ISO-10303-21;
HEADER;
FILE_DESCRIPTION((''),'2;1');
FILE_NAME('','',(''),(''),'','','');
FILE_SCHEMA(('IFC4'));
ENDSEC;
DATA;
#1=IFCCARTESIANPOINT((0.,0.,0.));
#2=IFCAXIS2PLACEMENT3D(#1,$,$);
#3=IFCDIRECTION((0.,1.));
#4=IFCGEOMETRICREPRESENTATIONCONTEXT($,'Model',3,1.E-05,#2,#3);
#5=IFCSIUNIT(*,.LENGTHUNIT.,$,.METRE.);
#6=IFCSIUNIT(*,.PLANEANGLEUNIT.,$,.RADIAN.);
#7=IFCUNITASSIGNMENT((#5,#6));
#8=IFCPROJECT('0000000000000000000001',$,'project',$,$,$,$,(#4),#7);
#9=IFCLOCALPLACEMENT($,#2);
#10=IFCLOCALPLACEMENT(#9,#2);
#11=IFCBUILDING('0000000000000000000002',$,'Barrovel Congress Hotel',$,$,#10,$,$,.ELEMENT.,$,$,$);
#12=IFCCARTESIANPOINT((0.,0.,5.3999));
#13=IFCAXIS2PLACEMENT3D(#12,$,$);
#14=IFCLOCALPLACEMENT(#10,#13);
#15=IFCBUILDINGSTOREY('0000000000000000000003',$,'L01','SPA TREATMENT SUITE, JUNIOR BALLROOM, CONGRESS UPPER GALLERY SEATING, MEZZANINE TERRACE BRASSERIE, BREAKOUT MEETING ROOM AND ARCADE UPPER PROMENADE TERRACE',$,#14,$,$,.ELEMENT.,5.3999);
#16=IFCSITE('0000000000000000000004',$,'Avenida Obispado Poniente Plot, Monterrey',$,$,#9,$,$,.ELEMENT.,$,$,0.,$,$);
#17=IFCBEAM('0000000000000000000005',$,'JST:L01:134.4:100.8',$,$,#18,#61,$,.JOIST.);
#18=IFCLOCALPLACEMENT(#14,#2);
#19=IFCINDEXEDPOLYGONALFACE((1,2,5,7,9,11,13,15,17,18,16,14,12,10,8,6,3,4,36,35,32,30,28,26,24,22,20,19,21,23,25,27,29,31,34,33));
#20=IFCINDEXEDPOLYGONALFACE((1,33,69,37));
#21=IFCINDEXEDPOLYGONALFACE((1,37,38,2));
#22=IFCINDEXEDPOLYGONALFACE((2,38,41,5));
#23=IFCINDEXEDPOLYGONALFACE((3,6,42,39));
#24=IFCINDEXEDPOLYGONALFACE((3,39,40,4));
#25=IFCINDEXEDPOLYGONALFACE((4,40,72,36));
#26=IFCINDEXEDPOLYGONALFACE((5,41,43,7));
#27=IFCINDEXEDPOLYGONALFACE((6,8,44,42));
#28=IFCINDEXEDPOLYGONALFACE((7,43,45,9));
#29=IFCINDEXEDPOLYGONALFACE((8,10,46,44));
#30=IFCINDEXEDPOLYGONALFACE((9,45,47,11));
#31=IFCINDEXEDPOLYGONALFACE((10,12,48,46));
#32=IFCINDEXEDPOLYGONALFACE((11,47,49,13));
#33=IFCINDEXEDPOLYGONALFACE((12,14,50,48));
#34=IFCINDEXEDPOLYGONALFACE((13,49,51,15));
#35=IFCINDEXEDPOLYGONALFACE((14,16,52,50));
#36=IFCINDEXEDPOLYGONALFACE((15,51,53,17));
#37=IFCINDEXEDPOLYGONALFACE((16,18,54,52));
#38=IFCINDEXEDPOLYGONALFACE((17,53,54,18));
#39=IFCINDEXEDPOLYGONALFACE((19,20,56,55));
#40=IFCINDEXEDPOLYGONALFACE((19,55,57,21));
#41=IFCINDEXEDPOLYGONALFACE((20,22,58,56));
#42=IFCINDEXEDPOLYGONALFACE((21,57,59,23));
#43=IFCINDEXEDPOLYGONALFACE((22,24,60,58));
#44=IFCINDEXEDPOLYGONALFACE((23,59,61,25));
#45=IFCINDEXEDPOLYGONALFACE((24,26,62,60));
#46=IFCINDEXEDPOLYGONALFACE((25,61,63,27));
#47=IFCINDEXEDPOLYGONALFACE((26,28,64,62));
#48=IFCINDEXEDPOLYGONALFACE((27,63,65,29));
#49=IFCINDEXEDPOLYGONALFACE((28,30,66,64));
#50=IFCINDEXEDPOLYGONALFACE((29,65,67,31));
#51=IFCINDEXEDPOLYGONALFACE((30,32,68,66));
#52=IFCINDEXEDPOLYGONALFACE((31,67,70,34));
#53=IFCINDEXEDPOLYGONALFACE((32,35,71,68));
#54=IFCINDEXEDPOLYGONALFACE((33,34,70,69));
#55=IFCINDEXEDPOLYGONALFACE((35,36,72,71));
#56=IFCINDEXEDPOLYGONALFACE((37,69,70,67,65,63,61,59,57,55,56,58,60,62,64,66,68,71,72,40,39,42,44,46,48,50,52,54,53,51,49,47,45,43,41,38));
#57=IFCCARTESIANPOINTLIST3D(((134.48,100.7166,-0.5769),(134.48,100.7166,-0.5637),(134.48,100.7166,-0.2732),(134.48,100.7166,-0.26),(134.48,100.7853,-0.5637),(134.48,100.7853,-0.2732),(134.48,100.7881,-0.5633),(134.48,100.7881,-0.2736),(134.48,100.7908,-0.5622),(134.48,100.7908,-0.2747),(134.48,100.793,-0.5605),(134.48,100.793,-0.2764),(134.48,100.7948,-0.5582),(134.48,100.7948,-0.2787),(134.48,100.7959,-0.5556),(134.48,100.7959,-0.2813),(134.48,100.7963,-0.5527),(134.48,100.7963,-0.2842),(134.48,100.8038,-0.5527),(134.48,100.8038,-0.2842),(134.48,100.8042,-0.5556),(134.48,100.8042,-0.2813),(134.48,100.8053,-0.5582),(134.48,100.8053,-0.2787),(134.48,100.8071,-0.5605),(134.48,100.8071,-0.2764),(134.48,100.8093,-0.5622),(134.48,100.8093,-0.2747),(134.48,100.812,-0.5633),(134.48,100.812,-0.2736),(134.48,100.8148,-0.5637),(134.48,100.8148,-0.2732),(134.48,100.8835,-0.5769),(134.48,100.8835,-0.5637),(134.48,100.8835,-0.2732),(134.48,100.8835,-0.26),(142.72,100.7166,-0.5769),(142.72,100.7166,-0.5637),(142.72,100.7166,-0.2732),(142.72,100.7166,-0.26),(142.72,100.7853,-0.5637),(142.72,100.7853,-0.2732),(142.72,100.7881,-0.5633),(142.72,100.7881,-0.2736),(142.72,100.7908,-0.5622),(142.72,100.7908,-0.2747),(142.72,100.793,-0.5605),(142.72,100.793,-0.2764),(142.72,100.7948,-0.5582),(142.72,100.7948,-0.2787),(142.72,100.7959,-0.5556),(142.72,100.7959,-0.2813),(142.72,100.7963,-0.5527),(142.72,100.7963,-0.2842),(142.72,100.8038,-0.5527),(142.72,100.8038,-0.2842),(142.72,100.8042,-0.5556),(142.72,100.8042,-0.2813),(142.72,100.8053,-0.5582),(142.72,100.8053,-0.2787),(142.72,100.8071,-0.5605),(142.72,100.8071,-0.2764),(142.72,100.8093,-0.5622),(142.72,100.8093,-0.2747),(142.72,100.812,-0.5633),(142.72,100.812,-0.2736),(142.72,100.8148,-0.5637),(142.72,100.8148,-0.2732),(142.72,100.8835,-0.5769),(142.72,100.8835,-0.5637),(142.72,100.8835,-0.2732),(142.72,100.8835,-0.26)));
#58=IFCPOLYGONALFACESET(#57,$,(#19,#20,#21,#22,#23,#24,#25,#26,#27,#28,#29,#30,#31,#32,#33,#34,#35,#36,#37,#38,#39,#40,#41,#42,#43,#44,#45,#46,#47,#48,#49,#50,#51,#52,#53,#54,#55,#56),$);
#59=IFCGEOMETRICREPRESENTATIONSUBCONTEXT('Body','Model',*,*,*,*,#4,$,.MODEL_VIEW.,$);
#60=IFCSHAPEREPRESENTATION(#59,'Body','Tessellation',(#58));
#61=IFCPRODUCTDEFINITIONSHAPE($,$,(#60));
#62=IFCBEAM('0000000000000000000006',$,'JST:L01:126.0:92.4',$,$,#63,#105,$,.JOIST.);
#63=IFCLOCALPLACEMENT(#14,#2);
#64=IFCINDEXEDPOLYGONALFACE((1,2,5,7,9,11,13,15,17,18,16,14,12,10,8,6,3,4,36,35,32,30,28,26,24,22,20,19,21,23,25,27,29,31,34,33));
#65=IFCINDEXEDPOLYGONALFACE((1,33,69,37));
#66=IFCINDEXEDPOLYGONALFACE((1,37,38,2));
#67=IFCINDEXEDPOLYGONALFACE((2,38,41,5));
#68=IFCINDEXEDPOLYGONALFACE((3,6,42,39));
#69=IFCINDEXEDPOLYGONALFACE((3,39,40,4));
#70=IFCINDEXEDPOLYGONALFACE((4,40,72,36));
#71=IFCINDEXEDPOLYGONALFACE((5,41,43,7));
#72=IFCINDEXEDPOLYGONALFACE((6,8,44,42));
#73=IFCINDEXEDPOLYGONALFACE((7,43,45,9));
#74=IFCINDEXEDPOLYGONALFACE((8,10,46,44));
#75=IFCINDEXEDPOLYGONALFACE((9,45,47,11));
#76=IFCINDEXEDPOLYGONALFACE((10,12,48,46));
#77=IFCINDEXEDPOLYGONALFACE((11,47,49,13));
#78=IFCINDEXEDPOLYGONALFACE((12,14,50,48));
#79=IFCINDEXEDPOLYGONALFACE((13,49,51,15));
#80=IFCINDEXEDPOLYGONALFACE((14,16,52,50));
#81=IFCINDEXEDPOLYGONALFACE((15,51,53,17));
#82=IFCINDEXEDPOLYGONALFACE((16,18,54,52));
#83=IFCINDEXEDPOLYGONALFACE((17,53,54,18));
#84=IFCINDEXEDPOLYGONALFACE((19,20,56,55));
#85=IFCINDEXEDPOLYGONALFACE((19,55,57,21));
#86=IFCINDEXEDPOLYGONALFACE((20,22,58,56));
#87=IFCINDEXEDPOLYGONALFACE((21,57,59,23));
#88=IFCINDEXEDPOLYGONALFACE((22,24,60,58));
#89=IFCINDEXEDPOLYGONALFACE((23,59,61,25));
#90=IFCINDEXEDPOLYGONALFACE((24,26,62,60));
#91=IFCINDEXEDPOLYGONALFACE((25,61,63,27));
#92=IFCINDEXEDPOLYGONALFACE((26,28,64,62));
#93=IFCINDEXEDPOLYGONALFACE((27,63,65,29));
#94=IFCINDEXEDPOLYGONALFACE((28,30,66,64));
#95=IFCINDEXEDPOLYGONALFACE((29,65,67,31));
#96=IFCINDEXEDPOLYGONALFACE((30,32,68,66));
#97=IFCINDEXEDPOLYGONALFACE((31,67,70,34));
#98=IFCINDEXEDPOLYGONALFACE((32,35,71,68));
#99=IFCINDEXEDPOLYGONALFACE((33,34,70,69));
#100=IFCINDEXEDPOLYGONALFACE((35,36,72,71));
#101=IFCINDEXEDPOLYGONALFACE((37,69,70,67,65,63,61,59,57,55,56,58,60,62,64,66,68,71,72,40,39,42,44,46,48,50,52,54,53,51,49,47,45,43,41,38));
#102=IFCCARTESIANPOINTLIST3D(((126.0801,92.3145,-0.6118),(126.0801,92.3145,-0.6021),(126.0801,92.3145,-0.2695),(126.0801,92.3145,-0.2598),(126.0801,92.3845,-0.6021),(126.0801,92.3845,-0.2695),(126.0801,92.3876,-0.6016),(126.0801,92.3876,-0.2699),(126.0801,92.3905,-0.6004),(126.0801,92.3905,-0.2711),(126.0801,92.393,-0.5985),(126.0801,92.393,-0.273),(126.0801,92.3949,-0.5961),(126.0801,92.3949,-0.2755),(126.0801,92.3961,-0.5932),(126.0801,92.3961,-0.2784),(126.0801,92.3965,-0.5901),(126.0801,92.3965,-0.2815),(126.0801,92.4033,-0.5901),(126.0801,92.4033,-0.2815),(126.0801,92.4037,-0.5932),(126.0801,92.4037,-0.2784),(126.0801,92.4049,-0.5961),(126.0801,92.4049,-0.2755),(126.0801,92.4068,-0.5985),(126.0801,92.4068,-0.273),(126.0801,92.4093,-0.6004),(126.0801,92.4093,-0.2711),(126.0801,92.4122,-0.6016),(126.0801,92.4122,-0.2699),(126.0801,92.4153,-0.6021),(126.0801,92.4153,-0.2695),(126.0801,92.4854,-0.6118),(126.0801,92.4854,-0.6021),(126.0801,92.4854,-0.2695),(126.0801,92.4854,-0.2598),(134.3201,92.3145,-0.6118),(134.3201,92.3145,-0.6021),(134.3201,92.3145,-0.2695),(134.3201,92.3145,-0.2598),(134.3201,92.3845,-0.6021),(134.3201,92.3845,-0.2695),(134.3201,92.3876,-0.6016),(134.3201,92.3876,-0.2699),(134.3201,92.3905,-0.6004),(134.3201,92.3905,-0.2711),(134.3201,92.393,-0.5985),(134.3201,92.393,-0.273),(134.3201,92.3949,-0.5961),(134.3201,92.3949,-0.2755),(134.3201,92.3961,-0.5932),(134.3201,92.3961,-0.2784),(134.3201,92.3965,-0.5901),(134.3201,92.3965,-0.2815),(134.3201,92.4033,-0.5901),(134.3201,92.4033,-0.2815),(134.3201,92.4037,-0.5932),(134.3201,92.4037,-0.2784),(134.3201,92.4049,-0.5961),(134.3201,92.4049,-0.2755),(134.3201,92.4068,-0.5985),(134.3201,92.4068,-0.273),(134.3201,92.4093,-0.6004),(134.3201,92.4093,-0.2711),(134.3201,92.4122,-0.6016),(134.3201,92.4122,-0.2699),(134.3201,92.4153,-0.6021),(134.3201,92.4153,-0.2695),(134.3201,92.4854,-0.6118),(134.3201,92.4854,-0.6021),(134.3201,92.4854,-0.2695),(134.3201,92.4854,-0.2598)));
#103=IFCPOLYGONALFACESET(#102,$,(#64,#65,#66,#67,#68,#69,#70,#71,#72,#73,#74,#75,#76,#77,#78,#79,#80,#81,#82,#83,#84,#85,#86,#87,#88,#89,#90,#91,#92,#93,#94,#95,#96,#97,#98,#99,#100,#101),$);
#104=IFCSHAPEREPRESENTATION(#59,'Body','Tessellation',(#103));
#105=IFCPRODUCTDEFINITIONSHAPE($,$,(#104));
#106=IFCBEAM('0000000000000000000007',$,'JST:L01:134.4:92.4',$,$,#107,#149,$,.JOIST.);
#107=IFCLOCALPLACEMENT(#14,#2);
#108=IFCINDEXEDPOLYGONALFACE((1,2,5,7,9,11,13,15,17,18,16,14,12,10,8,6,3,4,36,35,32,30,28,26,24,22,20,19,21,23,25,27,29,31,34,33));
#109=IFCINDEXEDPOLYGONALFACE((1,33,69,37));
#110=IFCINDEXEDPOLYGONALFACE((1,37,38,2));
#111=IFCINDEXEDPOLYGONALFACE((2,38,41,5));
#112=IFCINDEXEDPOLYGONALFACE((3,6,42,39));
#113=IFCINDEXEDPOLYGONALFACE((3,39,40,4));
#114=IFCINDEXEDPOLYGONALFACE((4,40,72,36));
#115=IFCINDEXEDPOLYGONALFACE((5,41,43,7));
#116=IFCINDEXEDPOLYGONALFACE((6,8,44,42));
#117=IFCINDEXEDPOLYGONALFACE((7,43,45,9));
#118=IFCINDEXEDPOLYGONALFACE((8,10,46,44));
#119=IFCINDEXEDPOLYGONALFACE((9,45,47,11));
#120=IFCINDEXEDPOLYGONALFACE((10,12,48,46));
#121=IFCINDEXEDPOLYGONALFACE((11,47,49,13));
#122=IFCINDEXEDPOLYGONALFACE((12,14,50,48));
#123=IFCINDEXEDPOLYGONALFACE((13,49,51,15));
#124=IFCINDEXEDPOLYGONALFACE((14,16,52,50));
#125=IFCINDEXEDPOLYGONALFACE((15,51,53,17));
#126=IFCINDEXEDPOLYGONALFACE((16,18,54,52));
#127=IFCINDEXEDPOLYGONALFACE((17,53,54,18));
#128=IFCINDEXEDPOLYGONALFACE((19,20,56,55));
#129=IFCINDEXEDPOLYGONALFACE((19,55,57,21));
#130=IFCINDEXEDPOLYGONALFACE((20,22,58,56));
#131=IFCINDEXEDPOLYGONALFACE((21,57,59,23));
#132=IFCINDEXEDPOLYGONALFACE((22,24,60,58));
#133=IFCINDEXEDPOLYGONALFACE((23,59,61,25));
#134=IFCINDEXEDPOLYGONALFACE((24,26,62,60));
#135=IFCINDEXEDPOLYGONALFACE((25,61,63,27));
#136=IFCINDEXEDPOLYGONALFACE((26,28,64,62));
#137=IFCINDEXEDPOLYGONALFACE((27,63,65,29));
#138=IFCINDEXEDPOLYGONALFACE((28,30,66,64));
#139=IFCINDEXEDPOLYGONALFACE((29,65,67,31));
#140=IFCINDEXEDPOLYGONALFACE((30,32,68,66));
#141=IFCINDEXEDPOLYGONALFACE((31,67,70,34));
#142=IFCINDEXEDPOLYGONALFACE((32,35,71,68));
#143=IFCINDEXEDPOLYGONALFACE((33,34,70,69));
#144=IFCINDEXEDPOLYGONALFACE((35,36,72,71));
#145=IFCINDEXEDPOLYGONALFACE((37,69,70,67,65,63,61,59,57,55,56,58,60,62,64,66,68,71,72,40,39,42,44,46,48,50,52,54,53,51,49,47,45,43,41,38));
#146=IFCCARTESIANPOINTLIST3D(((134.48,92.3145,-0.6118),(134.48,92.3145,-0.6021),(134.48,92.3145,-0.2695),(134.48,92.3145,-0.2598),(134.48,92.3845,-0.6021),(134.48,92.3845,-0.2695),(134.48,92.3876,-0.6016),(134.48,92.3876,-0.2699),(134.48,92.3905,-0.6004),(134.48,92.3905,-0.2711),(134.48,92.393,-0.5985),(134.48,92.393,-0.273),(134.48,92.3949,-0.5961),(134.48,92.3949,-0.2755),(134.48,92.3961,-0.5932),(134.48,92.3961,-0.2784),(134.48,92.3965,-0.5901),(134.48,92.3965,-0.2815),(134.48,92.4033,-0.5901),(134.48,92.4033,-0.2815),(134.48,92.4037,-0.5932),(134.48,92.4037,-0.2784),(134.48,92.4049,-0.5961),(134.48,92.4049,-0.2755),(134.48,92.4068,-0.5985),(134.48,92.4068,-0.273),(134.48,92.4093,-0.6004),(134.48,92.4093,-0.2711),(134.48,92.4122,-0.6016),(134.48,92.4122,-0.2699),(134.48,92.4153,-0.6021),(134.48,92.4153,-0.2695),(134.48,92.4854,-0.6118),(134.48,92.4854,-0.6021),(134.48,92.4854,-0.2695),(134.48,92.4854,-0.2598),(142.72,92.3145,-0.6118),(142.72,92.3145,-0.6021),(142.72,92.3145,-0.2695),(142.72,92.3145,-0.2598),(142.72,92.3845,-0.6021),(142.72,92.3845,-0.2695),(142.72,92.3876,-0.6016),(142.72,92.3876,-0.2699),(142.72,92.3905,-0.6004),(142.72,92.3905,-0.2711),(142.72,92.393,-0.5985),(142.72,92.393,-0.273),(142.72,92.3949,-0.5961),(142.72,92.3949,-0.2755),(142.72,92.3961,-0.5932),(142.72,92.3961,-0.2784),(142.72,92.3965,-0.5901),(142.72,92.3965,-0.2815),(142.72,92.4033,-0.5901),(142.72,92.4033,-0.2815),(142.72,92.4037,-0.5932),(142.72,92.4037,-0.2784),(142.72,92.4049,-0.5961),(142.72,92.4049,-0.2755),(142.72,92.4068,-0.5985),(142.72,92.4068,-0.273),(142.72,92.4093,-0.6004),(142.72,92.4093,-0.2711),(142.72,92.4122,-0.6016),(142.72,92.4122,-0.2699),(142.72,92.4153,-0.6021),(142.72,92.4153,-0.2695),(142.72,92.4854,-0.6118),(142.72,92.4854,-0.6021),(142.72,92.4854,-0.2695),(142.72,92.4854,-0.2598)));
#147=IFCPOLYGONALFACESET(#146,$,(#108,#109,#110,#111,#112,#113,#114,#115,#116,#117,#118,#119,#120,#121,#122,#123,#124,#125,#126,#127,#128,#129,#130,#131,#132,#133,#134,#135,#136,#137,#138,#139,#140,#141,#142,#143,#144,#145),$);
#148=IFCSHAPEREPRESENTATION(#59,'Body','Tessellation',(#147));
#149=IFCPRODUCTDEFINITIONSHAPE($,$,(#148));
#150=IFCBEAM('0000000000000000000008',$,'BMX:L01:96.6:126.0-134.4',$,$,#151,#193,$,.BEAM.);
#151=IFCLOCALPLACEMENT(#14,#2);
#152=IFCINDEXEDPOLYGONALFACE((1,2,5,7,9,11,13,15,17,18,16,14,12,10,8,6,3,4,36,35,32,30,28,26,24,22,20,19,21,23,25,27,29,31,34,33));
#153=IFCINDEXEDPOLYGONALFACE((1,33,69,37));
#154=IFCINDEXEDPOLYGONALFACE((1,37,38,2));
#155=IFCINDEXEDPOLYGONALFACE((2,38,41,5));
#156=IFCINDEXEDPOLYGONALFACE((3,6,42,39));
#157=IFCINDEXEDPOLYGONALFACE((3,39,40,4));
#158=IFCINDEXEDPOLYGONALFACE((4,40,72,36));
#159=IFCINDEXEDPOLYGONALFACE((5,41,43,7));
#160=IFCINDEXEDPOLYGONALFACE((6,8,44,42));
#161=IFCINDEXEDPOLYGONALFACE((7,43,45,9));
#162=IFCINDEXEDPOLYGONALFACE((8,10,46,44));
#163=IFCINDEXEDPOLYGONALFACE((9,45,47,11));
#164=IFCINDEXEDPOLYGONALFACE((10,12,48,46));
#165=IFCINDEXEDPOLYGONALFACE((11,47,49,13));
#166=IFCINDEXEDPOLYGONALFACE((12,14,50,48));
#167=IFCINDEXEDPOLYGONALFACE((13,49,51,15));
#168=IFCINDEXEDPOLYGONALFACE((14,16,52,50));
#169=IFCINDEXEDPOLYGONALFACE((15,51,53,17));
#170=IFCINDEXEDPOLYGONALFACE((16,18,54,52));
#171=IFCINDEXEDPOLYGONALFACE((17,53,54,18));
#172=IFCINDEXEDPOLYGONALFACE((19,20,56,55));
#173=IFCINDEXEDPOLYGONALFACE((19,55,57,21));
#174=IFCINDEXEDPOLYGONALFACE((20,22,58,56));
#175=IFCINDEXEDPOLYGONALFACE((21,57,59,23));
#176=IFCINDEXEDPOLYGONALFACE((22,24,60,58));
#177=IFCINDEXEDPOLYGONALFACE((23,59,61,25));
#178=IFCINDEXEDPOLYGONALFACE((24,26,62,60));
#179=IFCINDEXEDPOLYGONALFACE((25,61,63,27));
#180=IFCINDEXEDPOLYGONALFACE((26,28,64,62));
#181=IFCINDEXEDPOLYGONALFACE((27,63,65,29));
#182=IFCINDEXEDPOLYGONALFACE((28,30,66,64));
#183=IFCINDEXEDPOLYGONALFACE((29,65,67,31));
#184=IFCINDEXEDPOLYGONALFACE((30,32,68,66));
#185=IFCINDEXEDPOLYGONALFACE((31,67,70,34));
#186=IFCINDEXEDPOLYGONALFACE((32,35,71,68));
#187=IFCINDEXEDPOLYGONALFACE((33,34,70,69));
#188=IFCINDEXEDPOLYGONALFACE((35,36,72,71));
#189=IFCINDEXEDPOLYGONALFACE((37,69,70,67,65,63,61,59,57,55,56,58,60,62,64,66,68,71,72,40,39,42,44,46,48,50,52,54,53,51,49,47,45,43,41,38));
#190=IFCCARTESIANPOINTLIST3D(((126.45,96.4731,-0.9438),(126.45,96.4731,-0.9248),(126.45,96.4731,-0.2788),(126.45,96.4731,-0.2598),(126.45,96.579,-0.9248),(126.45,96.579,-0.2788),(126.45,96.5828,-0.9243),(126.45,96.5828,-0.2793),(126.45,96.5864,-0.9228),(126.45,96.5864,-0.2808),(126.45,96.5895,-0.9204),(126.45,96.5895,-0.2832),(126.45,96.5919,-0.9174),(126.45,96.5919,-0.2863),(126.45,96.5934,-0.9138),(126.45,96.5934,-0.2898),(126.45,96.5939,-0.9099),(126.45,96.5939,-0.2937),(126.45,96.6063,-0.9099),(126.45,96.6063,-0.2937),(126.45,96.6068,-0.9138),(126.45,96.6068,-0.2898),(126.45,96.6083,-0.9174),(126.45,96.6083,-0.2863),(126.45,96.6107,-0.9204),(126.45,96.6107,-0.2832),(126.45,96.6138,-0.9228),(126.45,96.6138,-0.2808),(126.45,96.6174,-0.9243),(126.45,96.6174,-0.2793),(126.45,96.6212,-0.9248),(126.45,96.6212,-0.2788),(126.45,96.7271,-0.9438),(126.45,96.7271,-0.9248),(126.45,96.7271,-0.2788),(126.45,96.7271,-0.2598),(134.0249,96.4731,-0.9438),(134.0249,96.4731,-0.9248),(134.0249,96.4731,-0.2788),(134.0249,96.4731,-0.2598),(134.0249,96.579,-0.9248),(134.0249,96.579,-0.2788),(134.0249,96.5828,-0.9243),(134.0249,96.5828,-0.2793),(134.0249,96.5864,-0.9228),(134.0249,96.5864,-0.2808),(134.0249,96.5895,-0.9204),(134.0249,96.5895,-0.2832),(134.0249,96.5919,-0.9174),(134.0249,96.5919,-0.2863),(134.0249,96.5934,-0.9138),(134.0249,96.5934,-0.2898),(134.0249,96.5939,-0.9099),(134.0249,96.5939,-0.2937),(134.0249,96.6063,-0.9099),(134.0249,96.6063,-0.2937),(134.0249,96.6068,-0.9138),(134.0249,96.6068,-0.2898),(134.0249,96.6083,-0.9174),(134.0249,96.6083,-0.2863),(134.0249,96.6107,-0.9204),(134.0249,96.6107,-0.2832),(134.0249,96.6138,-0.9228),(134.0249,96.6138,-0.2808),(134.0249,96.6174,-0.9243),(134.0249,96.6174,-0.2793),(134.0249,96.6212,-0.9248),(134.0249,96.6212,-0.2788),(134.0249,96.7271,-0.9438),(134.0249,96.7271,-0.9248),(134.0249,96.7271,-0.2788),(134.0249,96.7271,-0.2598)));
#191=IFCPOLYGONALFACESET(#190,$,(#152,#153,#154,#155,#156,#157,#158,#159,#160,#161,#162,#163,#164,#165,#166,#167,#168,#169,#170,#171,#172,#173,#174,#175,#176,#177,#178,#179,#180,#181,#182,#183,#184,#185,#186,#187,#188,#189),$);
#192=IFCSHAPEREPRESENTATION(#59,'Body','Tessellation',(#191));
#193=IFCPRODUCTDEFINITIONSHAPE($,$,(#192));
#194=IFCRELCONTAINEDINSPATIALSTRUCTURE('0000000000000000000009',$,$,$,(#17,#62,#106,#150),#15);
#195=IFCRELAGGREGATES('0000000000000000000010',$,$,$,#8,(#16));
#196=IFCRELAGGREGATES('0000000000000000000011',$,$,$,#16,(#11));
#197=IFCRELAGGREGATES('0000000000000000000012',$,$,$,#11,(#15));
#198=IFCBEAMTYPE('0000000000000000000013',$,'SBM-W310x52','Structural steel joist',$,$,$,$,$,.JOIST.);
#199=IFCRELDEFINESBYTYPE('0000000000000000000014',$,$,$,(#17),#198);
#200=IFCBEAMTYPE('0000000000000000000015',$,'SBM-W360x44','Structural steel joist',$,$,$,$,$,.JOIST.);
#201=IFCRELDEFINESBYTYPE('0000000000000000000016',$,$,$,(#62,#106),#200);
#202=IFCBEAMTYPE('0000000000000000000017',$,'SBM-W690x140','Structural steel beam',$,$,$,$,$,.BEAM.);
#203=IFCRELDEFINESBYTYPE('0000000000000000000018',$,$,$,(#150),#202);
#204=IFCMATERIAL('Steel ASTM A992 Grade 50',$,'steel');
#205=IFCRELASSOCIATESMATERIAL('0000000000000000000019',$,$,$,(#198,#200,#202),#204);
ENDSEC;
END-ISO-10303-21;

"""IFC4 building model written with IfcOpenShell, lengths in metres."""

from ifc_helpers import new_model, si_unit, direction, frame, origin, origin_2d, place, context, subcontext, project, spatial, i_section, extrude, material, material_profile, profile_set, type_object, element, save


model = new_model("IFC4")

# Units and contexts
model_context = context("Model", 3, precision=1e-05, world=origin(), true_north=direction((0.0, 1.0)))
body_context = subcontext(model_context, "Body", "Model", "MODEL_VIEW")
ifc_project = project(units=[si_unit("LENGTHUNIT", "METRE"), si_unit("PLANEANGLEUNIT", "RADIAN")], contexts=[model_context])

# Site, building, storey
site_placement = place(None, origin())
site = spatial("IfcSite", under=ifc_project, at=site_placement, Name="Avenida Obispado Poniente Plot, Monterrey", CompositionType="ELEMENT", RefElevation=0.0)
building_placement = place(site_placement, origin())
building = spatial("IfcBuilding", under=site, at=building_placement, Name="Barrovel Congress Hotel", CompositionType="ELEMENT")
storey_placement = place(building_placement, frame((0.0, 0.0, 5.3999)))
storey = spatial("IfcBuildingStorey", under=building, at=storey_placement, Name="L01", Description="SPA TREATMENT SUITE, JUNIOR BALLROOM, CONGRESS UPPER GALLERY SEATING, MEZZANINE TERRACE BRASSERIE, BREAKOUT MEETING ROOM AND ARCADE UPPER PROMENADE TERRACE", CompositionType="ELEMENT", Elevation=5.3999)

# Beams
ifc_material_1 = material(Name="Steel ASTM A992 Grade 50", Category="steel")
ifc_material_profile_1 = material_profile(ifc_material_1, i_section(OverallWidth=0.167, OverallDepth=0.3169, WebThickness=0.0076, FlangeThickness=0.0132, FilletRadius=0.011, at=origin_2d()), Name="W310x52")
ifc_profile_set_1 = profile_set([ifc_material_profile_1], Name="Steel ASTM A992 Grade 50")
beam_type_1 = type_object("IfcBeamType", Name="SBM-W310x52", Description="Structural steel joist", PredefinedType="JOIST", material=ifc_profile_set_1)
for number, where, z_axis, x_axis, name in (
    (1, (134.48, 100.8, -0.4185), (1.0, 0.0, 0.0), (0.0, 1.0, 0.0), "JST:L01:134.4:100.8"),
):
    element("IfcBeam", number, at=place(storey_placement, frame(where, z_axis=z_axis, x_axis=x_axis)), inside=storey, type_object=beam_type_1, Name=name, PredefinedType="JOIST", context=body_context, shape_type="SweptSolid", body=[
        extrude(i_section(OverallWidth=0.167, OverallDepth=0.3169, WebThickness=0.0076, FlangeThickness=0.0132, FilletRadius=0.011, at=origin_2d()), origin(), (0.0, 0.0, 1.0), 8.24),
    ])
ifc_material_profile_2 = material_profile(ifc_material_1, i_section(OverallWidth=0.1709, OverallDepth=0.3521, WebThickness=0.0068, FlangeThickness=0.0098, FilletRadius=0.012, at=origin_2d()), Name="W360x44")
ifc_profile_set_2 = profile_set([ifc_material_profile_2], Name="Steel ASTM A992 Grade 50")
beam_type_2 = type_object("IfcBeamType", Name="SBM-W360x44", Description="Structural steel joist", PredefinedType="JOIST", material=ifc_profile_set_2)
for number, where, z_axis, x_axis, name in (
    (2, (126.0801, 92.3999, -0.4358), (1.0, 0.0, 0.0), (0.0, 1.0, 0.0), "JST:L01:126.0:92.4"),
    (3, (134.48, 92.3999, -0.4358), (1.0, 0.0, 0.0), (0.0, 1.0, 0.0), "JST:L01:134.4:92.4"),
):
    element("IfcBeam", number, at=place(storey_placement, frame(where, z_axis=z_axis, x_axis=x_axis)), inside=storey, type_object=beam_type_2, Name=name, PredefinedType="JOIST", context=body_context, shape_type="SweptSolid", body=[
        extrude(i_section(OverallWidth=0.1709, OverallDepth=0.3521, WebThickness=0.0068, FlangeThickness=0.0098, FilletRadius=0.012, at=origin_2d()), origin(), (0.0, 0.0, 1.0), 8.24),
    ])
ifc_material_profile_3 = material_profile(ifc_material_1, i_section(OverallWidth=0.2539, OverallDepth=0.6841, WebThickness=0.0125, FlangeThickness=0.019, FilletRadius=0.0149, at=origin_2d()), Name="W690x140")
ifc_profile_set_3 = profile_set([ifc_material_profile_3], Name="Steel ASTM A992 Grade 50")
beam_type_3 = type_object("IfcBeamType", Name="SBM-W690x140", Description="Structural steel beam", PredefinedType="BEAM", material=ifc_profile_set_3)
beam_1_placement = place(storey_placement, frame((126.45, 96.6001, -0.6018), z_axis=(1.0, 0.0, 0.0), x_axis=(0.0, 1.0, 0.0)))
element("IfcBeam", 4, at=beam_1_placement, inside=storey, type_object=beam_type_3, Name="BMX:L01:96.6:126.0-134.4", PredefinedType="BEAM", context=body_context, shape_type="SweptSolid", body=[
    extrude(i_section(OverallWidth=0.2539, OverallDepth=0.6841, WebThickness=0.0125, FlangeThickness=0.019, FilletRadius=0.0149, at=origin_2d()), origin(), (0.0, 0.0, 1.0), 7.575),
])

save(model, "model.ifc")
